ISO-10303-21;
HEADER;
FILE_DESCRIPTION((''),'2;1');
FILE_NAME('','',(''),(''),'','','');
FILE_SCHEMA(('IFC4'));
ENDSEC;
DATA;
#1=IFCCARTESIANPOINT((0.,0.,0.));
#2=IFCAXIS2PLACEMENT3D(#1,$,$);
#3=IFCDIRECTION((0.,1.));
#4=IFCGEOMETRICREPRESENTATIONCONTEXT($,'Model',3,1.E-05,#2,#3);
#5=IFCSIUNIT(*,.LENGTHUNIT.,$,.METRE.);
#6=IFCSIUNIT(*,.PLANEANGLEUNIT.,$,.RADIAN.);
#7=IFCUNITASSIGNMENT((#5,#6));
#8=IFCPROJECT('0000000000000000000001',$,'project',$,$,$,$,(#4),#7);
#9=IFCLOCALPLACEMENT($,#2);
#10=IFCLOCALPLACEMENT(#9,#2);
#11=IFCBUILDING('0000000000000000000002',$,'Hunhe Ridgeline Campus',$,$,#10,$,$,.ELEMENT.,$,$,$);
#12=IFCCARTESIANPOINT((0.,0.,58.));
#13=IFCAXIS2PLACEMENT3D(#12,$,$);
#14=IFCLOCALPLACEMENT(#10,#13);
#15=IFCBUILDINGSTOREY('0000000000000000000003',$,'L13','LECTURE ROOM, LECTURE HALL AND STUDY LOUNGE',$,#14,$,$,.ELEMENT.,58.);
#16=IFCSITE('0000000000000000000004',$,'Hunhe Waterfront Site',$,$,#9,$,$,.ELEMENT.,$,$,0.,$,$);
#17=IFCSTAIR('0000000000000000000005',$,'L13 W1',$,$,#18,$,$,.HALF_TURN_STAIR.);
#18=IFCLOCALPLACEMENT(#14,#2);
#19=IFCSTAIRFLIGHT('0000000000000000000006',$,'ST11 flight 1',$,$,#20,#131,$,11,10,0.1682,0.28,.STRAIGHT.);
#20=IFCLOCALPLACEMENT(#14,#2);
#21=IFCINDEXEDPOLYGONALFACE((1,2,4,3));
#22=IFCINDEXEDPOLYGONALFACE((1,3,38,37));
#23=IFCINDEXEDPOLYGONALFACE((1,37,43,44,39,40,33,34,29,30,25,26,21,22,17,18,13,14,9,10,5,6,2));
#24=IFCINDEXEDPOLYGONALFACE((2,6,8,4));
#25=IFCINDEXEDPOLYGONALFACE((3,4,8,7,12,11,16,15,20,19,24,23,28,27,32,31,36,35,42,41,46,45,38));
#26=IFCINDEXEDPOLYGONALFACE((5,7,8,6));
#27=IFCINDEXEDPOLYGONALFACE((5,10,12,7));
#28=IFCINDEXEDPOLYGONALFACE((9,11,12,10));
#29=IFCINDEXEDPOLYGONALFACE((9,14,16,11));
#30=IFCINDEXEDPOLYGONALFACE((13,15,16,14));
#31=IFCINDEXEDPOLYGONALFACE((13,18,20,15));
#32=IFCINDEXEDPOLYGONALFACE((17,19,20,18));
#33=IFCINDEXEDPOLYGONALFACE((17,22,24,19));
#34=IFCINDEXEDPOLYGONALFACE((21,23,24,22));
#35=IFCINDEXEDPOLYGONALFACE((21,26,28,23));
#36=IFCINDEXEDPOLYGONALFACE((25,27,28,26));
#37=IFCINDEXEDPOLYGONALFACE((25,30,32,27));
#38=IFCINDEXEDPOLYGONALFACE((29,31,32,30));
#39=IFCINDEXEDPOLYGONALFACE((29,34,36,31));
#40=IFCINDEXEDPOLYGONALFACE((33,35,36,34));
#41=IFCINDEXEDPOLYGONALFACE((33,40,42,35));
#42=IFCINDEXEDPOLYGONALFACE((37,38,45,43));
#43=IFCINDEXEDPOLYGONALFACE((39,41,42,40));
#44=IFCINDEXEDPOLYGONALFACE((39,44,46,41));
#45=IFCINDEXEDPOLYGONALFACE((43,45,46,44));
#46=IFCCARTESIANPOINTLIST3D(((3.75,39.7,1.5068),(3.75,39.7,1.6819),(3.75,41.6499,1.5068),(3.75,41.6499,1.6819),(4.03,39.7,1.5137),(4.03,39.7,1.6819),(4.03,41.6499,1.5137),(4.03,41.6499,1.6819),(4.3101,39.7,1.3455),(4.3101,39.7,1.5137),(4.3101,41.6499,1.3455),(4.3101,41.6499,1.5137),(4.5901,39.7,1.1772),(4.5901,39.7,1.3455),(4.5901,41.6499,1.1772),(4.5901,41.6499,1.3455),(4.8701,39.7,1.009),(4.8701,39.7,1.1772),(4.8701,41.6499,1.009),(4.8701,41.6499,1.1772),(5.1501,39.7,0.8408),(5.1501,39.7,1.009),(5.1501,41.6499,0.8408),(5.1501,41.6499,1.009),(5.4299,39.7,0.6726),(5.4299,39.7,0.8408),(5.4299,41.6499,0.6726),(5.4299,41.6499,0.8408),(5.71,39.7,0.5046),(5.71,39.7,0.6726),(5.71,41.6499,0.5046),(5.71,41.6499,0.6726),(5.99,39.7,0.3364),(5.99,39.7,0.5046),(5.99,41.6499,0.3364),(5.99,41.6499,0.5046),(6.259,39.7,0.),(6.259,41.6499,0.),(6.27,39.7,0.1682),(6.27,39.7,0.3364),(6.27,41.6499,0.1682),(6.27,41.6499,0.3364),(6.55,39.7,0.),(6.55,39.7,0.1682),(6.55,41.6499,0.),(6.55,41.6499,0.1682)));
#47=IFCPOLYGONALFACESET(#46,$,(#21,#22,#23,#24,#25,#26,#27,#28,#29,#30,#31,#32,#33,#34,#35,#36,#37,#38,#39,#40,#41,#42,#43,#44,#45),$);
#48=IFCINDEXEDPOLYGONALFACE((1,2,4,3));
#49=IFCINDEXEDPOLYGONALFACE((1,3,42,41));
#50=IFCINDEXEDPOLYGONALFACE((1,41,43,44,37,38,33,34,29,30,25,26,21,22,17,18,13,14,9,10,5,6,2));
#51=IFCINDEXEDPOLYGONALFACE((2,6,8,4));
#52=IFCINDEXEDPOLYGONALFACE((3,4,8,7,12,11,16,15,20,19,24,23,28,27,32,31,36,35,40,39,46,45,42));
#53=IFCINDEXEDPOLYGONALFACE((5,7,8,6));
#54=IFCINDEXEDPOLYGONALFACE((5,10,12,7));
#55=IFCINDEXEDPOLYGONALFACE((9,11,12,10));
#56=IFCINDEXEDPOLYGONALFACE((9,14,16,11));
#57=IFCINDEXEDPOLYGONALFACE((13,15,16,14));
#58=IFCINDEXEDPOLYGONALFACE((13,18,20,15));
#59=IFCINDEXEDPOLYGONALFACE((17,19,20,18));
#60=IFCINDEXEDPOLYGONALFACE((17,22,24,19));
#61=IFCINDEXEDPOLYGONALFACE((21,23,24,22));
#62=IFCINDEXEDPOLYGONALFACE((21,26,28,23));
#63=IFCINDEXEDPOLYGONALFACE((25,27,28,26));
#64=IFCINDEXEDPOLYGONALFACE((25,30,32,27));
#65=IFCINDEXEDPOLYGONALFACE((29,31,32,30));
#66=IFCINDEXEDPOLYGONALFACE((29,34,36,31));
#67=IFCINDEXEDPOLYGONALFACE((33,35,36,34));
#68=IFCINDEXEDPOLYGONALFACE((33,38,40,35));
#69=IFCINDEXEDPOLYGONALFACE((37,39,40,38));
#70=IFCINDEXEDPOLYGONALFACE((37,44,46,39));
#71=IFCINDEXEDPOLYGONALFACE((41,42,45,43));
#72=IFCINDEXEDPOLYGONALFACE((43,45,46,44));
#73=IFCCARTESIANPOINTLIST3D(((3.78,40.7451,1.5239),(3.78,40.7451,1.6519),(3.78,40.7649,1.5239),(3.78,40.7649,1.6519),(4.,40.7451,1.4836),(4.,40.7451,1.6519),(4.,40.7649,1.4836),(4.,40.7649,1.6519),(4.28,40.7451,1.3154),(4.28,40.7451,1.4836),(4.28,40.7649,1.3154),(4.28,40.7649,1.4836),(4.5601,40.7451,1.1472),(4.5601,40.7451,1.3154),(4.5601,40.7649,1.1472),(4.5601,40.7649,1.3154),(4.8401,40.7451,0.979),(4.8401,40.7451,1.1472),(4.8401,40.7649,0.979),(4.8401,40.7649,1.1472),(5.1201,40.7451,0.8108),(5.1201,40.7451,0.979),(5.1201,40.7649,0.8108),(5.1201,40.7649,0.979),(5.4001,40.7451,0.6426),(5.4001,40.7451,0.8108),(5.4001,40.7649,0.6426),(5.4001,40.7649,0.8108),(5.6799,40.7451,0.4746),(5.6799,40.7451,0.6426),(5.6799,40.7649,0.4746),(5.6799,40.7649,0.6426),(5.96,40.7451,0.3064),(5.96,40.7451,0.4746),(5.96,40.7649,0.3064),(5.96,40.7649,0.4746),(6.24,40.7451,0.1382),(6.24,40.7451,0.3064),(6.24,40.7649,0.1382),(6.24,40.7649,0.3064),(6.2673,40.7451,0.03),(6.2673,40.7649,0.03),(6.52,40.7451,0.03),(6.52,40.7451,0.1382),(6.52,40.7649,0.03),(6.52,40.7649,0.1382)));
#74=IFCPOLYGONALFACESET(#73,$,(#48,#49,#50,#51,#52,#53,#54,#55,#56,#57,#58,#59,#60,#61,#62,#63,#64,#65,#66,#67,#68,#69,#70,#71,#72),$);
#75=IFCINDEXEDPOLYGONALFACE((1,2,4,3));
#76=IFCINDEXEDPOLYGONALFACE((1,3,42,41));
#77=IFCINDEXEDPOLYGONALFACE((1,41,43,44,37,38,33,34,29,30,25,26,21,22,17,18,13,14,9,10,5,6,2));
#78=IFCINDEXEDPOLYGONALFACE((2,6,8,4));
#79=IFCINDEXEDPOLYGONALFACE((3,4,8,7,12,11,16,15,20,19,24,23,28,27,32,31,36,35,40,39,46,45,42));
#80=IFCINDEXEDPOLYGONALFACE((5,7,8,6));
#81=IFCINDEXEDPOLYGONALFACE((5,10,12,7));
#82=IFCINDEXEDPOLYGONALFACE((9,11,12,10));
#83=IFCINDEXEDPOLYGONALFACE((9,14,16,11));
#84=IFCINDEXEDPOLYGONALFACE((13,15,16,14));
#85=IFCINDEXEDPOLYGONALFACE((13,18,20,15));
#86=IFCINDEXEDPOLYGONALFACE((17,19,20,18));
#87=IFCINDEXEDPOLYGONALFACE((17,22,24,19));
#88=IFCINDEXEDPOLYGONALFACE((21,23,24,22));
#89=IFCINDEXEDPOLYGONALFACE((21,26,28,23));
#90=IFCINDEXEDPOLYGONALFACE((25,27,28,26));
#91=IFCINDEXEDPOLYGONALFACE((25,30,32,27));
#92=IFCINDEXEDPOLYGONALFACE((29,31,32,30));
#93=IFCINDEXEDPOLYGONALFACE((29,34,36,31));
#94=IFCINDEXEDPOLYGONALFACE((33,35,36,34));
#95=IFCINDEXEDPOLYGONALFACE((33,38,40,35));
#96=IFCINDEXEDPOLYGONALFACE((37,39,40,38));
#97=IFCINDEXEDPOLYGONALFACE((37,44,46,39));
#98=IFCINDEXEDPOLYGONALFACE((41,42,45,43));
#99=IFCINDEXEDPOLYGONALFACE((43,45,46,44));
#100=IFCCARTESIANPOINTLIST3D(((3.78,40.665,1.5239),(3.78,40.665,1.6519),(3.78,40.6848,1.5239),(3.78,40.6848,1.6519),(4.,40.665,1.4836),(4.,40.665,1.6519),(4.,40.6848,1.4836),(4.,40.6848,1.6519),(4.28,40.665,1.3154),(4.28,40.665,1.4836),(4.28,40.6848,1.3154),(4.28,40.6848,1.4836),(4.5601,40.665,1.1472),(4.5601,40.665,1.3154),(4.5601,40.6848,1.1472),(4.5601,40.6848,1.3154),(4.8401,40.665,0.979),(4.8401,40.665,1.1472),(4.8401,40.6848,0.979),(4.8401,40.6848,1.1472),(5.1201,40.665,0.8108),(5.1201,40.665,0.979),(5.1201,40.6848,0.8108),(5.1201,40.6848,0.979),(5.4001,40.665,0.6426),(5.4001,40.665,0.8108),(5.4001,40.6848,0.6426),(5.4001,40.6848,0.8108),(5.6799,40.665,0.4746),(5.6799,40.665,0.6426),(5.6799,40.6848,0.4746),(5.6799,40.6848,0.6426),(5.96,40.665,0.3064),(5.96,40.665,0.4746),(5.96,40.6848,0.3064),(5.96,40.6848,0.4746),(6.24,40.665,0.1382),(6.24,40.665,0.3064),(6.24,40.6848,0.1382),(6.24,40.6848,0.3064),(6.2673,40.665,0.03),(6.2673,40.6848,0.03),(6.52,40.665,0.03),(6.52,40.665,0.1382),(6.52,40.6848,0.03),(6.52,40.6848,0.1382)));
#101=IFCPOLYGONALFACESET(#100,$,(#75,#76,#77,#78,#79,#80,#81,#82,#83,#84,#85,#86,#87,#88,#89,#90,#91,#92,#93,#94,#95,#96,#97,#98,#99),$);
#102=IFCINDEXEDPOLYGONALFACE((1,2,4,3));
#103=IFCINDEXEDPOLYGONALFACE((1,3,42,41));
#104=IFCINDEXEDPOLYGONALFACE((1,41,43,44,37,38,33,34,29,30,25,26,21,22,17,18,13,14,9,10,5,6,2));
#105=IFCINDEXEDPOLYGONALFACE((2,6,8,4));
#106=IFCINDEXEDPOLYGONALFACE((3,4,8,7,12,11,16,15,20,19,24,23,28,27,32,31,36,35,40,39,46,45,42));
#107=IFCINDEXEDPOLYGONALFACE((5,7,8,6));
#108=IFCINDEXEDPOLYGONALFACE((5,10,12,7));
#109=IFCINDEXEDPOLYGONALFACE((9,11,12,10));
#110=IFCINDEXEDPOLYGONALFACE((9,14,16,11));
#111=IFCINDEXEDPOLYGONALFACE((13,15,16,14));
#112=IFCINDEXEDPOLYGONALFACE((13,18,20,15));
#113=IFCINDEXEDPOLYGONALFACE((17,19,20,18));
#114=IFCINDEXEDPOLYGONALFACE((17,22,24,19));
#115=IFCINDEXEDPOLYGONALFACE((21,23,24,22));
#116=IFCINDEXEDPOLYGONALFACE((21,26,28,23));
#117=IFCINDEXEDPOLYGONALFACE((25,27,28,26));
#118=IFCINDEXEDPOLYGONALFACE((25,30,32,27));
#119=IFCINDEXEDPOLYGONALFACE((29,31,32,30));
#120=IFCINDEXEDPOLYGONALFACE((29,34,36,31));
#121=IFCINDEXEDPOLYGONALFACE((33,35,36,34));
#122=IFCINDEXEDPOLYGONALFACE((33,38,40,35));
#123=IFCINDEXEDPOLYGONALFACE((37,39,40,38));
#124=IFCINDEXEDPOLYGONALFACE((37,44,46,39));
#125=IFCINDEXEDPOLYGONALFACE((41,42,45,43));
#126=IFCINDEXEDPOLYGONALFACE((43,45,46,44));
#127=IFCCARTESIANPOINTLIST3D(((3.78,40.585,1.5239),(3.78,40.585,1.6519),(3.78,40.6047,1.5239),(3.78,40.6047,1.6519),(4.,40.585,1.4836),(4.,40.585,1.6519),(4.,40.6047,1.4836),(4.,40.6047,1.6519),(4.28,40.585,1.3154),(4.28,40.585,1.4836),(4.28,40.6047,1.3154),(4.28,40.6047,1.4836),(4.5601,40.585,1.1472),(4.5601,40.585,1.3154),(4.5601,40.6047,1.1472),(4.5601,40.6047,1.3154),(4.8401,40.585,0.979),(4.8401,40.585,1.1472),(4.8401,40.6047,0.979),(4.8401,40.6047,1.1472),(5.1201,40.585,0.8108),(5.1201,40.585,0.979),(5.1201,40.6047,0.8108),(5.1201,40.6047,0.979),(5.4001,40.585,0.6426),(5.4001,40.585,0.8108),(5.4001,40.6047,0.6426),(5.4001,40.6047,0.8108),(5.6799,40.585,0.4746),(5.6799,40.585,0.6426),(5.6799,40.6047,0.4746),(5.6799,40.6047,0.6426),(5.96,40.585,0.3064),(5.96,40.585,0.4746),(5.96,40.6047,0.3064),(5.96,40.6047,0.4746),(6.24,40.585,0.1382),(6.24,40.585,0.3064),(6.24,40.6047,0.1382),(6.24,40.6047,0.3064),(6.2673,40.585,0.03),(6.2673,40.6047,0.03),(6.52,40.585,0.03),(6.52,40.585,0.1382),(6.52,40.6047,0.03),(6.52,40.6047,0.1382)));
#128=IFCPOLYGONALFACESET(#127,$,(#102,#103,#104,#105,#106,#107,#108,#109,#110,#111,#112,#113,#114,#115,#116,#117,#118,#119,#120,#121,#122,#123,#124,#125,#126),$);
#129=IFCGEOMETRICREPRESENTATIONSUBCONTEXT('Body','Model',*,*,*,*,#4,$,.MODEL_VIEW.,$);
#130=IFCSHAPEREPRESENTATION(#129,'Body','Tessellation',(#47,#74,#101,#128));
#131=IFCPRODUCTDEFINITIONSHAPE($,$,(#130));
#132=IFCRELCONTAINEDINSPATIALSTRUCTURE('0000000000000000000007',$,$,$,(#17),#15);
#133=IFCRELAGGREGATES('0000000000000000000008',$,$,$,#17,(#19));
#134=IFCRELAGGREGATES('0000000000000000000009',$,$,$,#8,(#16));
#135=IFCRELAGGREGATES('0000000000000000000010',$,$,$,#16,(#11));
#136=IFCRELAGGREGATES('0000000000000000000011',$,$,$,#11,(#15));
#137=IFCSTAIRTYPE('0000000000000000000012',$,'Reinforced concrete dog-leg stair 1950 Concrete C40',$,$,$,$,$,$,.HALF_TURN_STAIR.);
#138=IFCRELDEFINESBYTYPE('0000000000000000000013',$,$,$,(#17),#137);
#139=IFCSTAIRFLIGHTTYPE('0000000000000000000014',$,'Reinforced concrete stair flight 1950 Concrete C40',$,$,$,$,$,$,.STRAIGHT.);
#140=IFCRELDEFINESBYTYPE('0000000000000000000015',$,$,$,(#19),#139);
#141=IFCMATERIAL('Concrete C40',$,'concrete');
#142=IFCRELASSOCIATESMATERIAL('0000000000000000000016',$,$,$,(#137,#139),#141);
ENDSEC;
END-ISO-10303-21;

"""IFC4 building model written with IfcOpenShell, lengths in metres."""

from ifc_helpers import new_model, si_unit, direction, frame, origin, place, context, subcontext, project, spatial, polyline, outline, extrude, material, type_object, element, aggregate, save


model = new_model("IFC4")

# Units and contexts
model_context = context("Model", 3, precision=1e-05, world=origin(), true_north=direction((0.0, 1.0)))
body_context = subcontext(model_context, "Body", "Model", "MODEL_VIEW")
ifc_project = project(units=[si_unit("LENGTHUNIT", "METRE"), si_unit("PLANEANGLEUNIT", "RADIAN")], contexts=[model_context])

# Site, building, storey
site_placement = place(None, origin())
site = spatial("IfcSite", under=ifc_project, at=site_placement, Name="Hunhe Waterfront Site", CompositionType="ELEMENT", RefElevation=0.0)
building_placement = place(site_placement, origin())
building = spatial("IfcBuilding", under=site, at=building_placement, Name="Hunhe Ridgeline Campus", CompositionType="ELEMENT")
storey_placement = place(building_placement, frame((0.0, 0.0, 58.0)))
storey = spatial("IfcBuildingStorey", under=building, at=storey_placement, Name="L13", Description="LECTURE ROOM, LECTURE HALL AND STUDY LOUNGE", CompositionType="ELEMENT", Elevation=58.0)

# Stair, stair flight
ifc_material_1 = material(Name="Concrete C40", Category="concrete")
stair_type = type_object("IfcStairType", Name="Reinforced concrete dog-leg stair 1950 Concrete C40", PredefinedType="HALF_TURN_STAIR", material=ifc_material_1)
stair_placement = place(storey_placement, origin())
stair = element("IfcStair", 1, at=stair_placement, inside=storey, type_object=stair_type, Name="L13 W1", PredefinedType="HALF_TURN_STAIR")
stair_flight_type = type_object("IfcStairFlightType", Name="Reinforced concrete stair flight 1950 Concrete C40", PredefinedType="STRAIGHT", material=ifc_material_1)
stair_flight_1_placement = place(storey_placement, frame((6.55, 40.675, 0.0), z_axis=(0.0, 0.0, 1.0), x_axis=(-1.0, 0.0, 0.0)))
stair_flight_1 = element("IfcStairFlight", 2, at=stair_flight_1_placement, type_object=stair_flight_type, Name="ST11 flight 1", NumberOfRisers=11, NumberOfTreads=10, PredefinedType="STRAIGHT", RiserHeight=0.1682, TreadLength=0.28, context=body_context, shape_type="SweptSolid", body=[
    extrude(outline(polyline([(0.0, 0.0), (0.0, 0.1682), (0.28, 0.1682), (0.28, 0.3364), (0.5601, 0.3364), (0.5601, 0.5046), (0.8401, 0.5046), (0.8401, 0.6726), (1.1201, 0.6726), (1.1201, 0.8408), (1.3999, 0.8408), (1.3999, 1.009), (1.6799, 1.009), (1.6799, 1.1772), (1.96, 1.1772), (1.96, 1.3455), (2.24, 1.3455), (2.24, 1.5137), (2.52, 1.5137), (2.52, 1.6819), (2.8, 1.6819), (2.8, 1.8501), (2.8, 1.5068), (0.291, 0.0), (0.0, 0.0)])), frame((0.0, 0.9751, 0.0), z_axis=(0.0, -1.0, 0.0), x_axis=(1.0, 0.0, 0.0)), (0.0, 0.0, 1.0), 1.95),
    extrude(outline(polyline([(0.03, 0.03), (0.03, 0.1382), (0.3101, 0.1382), (0.3101, 0.3064), (0.5901, 0.3064), (0.5901, 0.4746), (0.8701, 0.4746), (0.8701, 0.6426), (1.1499, 0.6426), (1.1499, 0.8108), (1.4299, 0.8108), (1.4299, 0.979), (1.71, 0.979), (1.71, 1.1472), (1.99, 1.1472), (1.99, 1.3154), (2.27, 1.3154), (2.27, 1.4836), (2.55, 1.4836), (2.55, 1.6519), (2.77, 1.6519), (2.77, 1.5239), (0.2827, 0.03), (0.03, 0.03)])), frame((0.0, -0.0701, 0.0), z_axis=(0.0, -1.0, 0.0), x_axis=(1.0, 0.0, 0.0)), (0.0, 0.0, 1.0), 0.0198),
    extrude(outline(polyline([(0.03, 0.03), (0.03, 0.1382), (0.3101, 0.1382), (0.3101, 0.3064), (0.5901, 0.3064), (0.5901, 0.4746), (0.8701, 0.4746), (0.8701, 0.6426), (1.1499, 0.6426), (1.1499, 0.8108), (1.4299, 0.8108), (1.4299, 0.979), (1.71, 0.979), (1.71, 1.1472), (1.99, 1.1472), (1.99, 1.3154), (2.27, 1.3154), (2.27, 1.4836), (2.55, 1.4836), (2.55, 1.6519), (2.77, 1.6519), (2.77, 1.5239), (0.2827, 0.03), (0.03, 0.03)])), frame((0.0, 0.01, 0.0), z_axis=(0.0, -1.0, 0.0), x_axis=(1.0, 0.0, 0.0)), (0.0, 0.0, 1.0), 0.0198),
    extrude(outline(polyline([(0.03, 0.03), (0.03, 0.1382), (0.3101, 0.1382), (0.3101, 0.3064), (0.5901, 0.3064), (0.5901, 0.4746), (0.8701, 0.4746), (0.8701, 0.6426), (1.1499, 0.6426), (1.1499, 0.8108), (1.4299, 0.8108), (1.4299, 0.979), (1.71, 0.979), (1.71, 1.1472), (1.99, 1.1472), (1.99, 1.3154), (2.27, 1.3154), (2.27, 1.4836), (2.55, 1.4836), (2.55, 1.6519), (2.77, 1.6519), (2.77, 1.5239), (0.2827, 0.03), (0.03, 0.03)])), frame((0.0, 0.0901, 0.0), z_axis=(0.0, -1.0, 0.0), x_axis=(1.0, 0.0, 0.0)), (0.0, 0.0, 1.0), 0.0198),
])
aggregate(stair, [stair_flight_1])

save(model, "model.ifc")
